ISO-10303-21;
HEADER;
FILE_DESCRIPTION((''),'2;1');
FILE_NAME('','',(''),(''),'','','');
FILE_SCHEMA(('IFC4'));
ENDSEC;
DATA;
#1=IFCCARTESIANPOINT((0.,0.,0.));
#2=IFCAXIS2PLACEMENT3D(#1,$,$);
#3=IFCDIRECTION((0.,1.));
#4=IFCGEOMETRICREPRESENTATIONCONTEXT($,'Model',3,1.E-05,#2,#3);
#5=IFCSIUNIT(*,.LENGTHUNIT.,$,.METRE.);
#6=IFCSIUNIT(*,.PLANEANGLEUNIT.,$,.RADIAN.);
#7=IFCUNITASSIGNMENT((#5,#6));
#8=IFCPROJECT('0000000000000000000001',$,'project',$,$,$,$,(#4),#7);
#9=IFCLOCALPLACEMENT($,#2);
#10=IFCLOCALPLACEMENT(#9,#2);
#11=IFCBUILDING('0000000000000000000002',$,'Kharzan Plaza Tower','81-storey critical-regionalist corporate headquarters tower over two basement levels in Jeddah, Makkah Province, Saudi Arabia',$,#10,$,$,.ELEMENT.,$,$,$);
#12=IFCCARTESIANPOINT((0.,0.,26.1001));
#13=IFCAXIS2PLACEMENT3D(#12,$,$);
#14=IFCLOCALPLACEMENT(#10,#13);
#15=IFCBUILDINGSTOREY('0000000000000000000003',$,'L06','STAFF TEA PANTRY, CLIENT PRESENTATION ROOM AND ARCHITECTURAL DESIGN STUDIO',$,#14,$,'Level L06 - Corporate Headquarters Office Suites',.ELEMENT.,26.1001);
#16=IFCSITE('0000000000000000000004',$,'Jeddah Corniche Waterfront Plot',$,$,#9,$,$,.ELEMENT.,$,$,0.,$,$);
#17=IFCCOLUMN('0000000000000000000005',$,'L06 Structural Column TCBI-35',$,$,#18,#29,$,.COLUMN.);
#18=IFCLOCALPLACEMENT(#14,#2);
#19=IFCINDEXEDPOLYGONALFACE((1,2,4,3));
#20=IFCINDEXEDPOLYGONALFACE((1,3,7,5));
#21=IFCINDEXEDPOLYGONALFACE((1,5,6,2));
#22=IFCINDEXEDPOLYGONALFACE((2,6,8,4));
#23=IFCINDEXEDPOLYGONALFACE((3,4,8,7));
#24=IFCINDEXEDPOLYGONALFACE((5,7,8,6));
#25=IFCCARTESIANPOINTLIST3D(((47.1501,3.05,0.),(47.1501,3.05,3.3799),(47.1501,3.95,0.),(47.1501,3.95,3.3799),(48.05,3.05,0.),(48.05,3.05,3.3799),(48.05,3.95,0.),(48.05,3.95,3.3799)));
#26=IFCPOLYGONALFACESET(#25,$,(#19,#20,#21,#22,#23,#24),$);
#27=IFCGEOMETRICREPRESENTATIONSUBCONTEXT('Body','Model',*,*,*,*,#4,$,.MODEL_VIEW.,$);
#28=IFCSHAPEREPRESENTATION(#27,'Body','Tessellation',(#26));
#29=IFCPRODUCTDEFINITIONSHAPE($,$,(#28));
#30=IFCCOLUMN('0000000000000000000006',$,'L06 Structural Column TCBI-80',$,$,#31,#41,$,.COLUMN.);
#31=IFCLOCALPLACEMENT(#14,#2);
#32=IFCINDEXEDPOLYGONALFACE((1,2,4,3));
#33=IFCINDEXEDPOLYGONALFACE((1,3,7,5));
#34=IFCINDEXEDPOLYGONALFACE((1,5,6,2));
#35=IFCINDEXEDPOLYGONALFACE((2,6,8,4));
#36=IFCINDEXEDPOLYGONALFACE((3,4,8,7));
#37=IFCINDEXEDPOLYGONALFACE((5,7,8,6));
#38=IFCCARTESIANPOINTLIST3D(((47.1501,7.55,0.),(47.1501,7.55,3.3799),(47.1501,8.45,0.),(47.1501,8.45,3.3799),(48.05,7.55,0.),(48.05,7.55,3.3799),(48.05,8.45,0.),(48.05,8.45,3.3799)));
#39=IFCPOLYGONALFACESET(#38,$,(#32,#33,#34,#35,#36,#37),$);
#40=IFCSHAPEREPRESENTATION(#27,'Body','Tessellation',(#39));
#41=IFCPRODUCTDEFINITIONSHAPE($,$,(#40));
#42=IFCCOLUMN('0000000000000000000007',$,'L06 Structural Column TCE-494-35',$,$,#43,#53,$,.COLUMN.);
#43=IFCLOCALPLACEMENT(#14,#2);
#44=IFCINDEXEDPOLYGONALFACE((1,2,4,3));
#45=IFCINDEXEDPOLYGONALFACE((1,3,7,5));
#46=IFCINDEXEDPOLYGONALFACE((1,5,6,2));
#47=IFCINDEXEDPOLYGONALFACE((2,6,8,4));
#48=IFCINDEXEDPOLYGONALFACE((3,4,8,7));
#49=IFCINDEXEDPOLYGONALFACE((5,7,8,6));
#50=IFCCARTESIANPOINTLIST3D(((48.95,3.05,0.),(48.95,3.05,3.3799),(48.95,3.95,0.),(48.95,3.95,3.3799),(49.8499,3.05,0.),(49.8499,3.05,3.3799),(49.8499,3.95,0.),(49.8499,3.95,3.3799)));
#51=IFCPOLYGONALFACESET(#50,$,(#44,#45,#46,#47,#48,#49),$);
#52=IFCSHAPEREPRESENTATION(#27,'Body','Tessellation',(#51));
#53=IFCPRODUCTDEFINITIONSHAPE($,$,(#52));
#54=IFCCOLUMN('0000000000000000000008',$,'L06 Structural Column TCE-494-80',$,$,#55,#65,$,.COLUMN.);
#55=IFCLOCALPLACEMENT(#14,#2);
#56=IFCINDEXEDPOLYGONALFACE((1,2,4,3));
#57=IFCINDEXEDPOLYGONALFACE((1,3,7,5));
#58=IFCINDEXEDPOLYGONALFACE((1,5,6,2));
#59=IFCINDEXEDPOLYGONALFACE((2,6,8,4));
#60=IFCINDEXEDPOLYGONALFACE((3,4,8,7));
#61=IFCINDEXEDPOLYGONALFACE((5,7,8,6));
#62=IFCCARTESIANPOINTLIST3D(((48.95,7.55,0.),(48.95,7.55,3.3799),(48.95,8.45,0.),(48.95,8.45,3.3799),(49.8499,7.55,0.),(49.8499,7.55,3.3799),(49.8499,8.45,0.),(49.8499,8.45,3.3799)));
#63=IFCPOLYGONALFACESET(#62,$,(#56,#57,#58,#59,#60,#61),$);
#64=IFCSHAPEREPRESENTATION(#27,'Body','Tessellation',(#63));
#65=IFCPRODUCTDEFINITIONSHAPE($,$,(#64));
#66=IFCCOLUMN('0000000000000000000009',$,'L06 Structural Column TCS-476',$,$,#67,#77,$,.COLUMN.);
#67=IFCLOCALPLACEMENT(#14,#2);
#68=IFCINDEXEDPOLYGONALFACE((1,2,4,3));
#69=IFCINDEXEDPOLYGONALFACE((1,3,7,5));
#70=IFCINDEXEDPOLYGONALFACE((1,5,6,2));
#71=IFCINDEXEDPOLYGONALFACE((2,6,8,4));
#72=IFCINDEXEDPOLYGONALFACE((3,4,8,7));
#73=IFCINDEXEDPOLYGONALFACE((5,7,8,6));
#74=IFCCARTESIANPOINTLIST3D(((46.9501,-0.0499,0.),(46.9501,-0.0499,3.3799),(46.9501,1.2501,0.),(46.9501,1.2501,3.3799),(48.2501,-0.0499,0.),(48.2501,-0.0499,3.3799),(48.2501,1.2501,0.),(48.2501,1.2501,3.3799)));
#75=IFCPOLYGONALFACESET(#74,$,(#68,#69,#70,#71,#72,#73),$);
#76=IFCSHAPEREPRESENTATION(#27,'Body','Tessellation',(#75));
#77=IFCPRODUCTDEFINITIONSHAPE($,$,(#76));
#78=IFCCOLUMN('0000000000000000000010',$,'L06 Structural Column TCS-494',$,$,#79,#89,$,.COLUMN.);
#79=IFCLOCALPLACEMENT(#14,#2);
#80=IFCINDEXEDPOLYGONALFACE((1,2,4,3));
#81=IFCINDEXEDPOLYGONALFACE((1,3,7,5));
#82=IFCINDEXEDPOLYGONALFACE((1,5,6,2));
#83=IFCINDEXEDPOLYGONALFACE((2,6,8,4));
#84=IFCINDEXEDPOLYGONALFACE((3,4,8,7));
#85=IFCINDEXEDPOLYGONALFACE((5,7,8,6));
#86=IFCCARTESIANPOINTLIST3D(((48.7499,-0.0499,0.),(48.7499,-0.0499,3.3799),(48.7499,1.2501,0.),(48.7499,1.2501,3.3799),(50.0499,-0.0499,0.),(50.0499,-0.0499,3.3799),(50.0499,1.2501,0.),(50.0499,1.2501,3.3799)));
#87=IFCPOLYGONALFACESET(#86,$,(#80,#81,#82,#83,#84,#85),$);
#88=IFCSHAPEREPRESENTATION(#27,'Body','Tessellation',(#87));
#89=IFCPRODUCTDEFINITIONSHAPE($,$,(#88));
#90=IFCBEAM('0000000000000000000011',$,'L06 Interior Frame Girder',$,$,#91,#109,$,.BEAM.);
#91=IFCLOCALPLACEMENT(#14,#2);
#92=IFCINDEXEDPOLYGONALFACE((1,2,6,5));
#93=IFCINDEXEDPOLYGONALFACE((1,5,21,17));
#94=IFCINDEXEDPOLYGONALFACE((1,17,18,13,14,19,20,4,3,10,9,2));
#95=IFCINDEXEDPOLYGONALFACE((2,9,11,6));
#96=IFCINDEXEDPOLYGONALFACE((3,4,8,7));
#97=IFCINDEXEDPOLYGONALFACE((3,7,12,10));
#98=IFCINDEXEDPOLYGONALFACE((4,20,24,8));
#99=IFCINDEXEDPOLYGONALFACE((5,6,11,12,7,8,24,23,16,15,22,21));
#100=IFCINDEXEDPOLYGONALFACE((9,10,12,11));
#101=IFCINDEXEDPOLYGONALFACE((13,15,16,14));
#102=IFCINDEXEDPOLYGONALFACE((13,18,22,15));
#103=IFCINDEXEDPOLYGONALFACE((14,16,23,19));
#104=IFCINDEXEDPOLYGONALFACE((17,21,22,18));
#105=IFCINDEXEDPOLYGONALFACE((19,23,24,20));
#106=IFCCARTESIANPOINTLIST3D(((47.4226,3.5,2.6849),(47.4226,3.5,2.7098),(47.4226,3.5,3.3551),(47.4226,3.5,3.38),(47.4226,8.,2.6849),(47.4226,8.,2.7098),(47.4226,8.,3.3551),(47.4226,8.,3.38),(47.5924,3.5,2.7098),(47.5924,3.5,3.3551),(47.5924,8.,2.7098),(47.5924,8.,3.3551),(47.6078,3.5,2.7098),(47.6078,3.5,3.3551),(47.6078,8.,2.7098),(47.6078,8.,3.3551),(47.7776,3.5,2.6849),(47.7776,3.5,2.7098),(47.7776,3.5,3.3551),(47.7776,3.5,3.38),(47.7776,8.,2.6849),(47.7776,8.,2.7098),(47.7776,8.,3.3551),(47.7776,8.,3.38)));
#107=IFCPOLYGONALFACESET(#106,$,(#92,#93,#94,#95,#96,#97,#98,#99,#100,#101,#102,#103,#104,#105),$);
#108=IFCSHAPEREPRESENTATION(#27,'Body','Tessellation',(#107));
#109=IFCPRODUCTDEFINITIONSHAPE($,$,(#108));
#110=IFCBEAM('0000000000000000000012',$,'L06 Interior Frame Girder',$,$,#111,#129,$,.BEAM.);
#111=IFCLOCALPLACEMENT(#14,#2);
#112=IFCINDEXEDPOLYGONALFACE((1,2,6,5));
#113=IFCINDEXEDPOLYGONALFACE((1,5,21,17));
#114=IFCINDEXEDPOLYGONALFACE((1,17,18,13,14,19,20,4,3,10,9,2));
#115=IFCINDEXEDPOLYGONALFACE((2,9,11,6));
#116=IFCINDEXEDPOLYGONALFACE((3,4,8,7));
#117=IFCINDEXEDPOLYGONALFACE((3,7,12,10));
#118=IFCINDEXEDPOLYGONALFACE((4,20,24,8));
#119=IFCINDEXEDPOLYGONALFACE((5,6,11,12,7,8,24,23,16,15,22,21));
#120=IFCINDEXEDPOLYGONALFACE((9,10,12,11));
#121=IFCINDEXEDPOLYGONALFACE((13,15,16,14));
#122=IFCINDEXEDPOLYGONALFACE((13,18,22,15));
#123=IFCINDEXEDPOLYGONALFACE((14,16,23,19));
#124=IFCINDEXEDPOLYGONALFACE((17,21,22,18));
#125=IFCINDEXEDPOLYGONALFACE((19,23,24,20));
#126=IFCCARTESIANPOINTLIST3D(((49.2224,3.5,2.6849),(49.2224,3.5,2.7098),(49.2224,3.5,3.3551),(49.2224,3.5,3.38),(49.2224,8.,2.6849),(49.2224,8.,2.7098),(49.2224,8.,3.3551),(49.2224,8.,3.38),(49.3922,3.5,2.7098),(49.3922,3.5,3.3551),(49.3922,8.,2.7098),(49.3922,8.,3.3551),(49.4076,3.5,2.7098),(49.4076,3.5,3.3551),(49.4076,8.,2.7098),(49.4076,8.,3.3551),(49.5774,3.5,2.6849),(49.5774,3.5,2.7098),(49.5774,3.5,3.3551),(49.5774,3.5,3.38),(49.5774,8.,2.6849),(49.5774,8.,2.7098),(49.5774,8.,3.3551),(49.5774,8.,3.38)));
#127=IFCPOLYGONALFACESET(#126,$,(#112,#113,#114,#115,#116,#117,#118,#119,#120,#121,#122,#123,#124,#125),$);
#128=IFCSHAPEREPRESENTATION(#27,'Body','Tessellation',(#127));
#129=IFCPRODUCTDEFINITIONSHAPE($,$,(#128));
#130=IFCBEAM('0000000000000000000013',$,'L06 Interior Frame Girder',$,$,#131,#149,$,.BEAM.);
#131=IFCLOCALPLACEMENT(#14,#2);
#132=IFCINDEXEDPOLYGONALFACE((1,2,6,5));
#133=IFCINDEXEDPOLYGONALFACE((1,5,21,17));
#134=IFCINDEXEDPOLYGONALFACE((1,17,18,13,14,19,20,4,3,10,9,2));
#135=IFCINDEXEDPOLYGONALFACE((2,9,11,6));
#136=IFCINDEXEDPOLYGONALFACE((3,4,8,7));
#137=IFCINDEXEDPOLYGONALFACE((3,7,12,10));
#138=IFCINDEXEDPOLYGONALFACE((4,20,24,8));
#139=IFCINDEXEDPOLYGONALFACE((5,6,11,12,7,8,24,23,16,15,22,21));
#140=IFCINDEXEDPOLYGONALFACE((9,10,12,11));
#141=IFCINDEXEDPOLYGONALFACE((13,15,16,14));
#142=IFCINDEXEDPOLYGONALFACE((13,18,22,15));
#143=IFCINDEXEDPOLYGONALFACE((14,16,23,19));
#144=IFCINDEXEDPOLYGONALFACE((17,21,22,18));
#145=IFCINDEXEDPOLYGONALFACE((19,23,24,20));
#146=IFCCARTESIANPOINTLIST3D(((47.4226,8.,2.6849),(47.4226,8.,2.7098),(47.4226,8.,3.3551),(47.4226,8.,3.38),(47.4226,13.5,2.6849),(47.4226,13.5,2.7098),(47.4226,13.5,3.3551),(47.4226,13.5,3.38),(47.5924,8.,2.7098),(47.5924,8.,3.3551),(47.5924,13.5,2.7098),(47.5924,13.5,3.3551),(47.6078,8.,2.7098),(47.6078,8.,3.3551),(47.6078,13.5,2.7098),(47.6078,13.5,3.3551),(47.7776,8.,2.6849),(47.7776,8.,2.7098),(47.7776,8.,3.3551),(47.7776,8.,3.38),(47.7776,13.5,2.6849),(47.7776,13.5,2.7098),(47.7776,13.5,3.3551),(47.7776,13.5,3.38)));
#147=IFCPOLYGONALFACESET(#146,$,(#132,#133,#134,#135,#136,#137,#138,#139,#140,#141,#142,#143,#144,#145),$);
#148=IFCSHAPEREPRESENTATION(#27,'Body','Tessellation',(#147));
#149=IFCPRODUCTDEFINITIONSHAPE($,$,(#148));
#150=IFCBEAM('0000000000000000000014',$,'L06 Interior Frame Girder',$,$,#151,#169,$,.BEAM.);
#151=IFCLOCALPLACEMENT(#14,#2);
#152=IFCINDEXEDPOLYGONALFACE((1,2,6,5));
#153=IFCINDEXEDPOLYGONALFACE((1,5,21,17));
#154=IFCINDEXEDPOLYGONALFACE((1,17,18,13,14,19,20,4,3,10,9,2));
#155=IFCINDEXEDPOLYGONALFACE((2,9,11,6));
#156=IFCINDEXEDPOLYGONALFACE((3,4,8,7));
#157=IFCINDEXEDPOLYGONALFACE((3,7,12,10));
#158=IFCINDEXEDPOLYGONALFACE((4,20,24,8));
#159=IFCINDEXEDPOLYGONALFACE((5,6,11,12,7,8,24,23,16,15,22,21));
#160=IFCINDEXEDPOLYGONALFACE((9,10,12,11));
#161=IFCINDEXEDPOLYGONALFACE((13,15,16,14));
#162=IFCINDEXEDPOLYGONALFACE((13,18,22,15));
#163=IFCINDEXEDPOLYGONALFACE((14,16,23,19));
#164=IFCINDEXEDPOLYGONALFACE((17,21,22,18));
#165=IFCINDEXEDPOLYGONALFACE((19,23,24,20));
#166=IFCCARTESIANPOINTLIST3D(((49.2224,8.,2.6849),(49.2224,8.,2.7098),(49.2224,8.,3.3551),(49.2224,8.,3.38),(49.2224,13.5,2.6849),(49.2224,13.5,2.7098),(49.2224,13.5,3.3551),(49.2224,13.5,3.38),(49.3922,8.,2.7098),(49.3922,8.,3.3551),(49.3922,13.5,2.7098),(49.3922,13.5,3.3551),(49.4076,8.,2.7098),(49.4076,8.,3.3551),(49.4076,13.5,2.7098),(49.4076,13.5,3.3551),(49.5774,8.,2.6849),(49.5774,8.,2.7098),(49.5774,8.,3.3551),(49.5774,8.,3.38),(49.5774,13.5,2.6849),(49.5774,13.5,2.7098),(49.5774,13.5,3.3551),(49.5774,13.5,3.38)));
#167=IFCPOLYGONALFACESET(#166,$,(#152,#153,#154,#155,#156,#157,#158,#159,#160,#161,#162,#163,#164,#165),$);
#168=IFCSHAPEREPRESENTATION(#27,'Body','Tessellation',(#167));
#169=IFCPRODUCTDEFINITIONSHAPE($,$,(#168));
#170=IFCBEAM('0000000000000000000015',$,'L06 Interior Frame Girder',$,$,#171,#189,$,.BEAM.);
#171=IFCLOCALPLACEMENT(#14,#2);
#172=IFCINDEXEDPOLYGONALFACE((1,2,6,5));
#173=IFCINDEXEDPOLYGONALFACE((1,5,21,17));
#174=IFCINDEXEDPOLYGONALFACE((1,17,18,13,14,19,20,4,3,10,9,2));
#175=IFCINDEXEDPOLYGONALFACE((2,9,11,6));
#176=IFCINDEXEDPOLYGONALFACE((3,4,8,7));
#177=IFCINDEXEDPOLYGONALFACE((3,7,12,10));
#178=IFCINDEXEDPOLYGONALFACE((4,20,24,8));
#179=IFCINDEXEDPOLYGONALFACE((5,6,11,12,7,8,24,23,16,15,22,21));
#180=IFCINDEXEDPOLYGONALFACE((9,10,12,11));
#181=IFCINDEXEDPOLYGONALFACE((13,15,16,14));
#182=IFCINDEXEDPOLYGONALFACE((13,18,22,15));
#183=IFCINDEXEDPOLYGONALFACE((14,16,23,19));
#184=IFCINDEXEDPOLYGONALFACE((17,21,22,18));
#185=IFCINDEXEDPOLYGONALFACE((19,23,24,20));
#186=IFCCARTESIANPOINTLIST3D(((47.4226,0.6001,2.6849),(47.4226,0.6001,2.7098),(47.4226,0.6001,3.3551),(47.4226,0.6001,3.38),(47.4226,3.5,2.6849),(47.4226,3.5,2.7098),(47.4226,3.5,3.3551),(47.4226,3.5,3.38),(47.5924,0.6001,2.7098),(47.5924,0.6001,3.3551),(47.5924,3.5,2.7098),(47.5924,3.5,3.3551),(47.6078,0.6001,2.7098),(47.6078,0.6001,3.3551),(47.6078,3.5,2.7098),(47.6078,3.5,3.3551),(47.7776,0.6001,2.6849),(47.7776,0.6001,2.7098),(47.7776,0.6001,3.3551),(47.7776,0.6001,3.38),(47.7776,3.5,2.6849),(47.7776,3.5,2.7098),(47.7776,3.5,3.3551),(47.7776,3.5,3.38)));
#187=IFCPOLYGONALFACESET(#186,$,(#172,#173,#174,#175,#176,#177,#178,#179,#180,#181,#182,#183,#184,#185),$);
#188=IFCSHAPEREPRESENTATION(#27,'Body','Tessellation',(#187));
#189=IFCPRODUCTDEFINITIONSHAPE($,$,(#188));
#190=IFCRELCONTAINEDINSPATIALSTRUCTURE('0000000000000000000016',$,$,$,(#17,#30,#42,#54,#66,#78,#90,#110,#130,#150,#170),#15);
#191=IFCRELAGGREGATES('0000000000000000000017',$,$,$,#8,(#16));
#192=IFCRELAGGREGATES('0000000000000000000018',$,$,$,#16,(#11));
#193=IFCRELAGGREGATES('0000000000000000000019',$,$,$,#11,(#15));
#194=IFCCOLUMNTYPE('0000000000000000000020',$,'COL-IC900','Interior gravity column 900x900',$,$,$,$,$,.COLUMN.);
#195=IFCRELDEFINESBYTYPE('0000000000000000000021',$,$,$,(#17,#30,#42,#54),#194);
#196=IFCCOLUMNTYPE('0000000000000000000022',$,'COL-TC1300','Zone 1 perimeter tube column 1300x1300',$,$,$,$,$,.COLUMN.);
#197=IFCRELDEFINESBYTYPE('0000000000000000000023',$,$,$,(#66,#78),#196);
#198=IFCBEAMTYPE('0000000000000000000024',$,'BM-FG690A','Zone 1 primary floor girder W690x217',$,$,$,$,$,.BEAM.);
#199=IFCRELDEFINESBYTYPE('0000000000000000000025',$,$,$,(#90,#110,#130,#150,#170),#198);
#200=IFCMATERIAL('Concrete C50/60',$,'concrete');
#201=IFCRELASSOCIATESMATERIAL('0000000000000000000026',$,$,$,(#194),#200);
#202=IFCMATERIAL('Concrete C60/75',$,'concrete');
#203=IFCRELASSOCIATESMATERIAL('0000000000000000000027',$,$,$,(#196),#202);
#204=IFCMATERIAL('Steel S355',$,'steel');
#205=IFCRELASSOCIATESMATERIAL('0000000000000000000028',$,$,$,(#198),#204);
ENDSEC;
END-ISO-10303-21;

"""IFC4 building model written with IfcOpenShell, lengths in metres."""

from ifc_helpers import new_model, si_unit, direction, frame, origin, origin_2d, place, context, subcontext, project, spatial, rectangle, i_section, extrude, source, transform, mapped, material, material_profile, profile_set, type_object, element, save


model = new_model("IFC4")

# Units and contexts
model_context = context("Model", 3, precision=1e-05, world=origin(), true_north=direction((0.0, 1.0)))
body_context = subcontext(model_context, "Body", "Model", "MODEL_VIEW")
ifc_project = project(units=[si_unit("LENGTHUNIT", "METRE"), si_unit("PLANEANGLEUNIT", "RADIAN")], contexts=[model_context])

# Site, building, storey
site_placement = place(None, origin())
site = spatial("IfcSite", under=ifc_project, at=site_placement, Name="Jeddah Corniche Waterfront Plot", CompositionType="ELEMENT", RefElevation=0.0)
building_placement = place(site_placement, origin())
building = spatial("IfcBuilding", under=site, at=building_placement, Name="Kharzan Plaza Tower", Description="81-storey critical-regionalist corporate headquarters tower over two basement levels in Jeddah, Makkah Province, Saudi Arabia", CompositionType="ELEMENT")
storey_placement = place(building_placement, frame((0.0, 0.0, 26.1001)))
storey = spatial("IfcBuildingStorey", under=building, at=storey_placement, Name="L06", Description="STAFF TEA PANTRY, CLIENT PRESENTATION ROOM AND ARCHITECTURAL DESIGN STUDIO", LongName="Level L06 - Corporate Headquarters Office Suites", CompositionType="ELEMENT", Elevation=26.1001)

# Columns
ifc_material_1 = material(Name="Concrete C50/60", Category="concrete")
ifc_material_profile_1 = material_profile(ifc_material_1, rectangle(XDim=0.8999, YDim=0.8999, at=origin_2d()), Name="RC-IC900x900")
ifc_profile_set_1 = profile_set([ifc_material_profile_1], Name="Concrete C50/60")
column_type_1 = type_object("IfcColumnType", Name="COL-IC900", Description="Interior gravity column 900x900", PredefinedType="COLUMN", material=ifc_profile_set_1)
shared_shape_1 = source(origin(), body_context, "Body", "SweptSolid", [
    extrude(rectangle(XDim=0.8999, YDim=0.8999, at=origin_2d()), origin(), (0.0, 0.0, 1.0), 3.3799),
])
for number, where, z_axis, x_axis, name in (
    (1, (47.6001, 3.5, 0.0), (0.0, 0.0, 1.0), (1.0, 0.0, 0.0), "L06 Structural Column TCBI-35"),
    (2, (47.6001, 8.0, 0.0), (0.0, 0.0, 1.0), (1.0, 0.0, 0.0), "L06 Structural Column TCBI-80"),
    (3, (49.3999, 3.5, 0.0), (0.0, 0.0, 1.0), (1.0, 0.0, 0.0), "L06 Structural Column TCE-494-35"),
    (4, (49.3999, 8.0, 0.0), (0.0, 0.0, 1.0), (1.0, 0.0, 0.0), "L06 Structural Column TCE-494-80"),
):
    element("IfcColumn", number, at=place(storey_placement, frame(where, z_axis=z_axis, x_axis=x_axis)), inside=storey, type_object=column_type_1, Name=name, PredefinedType="COLUMN", context=body_context, shape_type="MappedRepresentation", body=[
        mapped(shared_shape_1, transform((0.0, 0.0, 0.0), x_axis=(1.0, 0.0, 0.0), y_axis=(0.0, 1.0, 0.0), z_axis=(0.0, 0.0, 1.0))),
    ])
ifc_material_2 = material(Name="Concrete C60/75", Category="concrete")
ifc_material_profile_2 = material_profile(ifc_material_2, rectangle(XDim=1.3, YDim=1.3, at=origin_2d()), Name="RC-TC1300x1300")
ifc_profile_set_2 = profile_set([ifc_material_profile_2], Name="Concrete C60/75")
column_type_2 = type_object("IfcColumnType", Name="COL-TC1300", Description="Zone 1 perimeter tube column 1300x1300", PredefinedType="COLUMN", material=ifc_profile_set_2)
shared_shape_2 = source(origin(), body_context, "Body", "SweptSolid", [
    extrude(rectangle(XDim=1.3, YDim=1.3, at=origin_2d()), origin(), (0.0, 0.0, 1.0), 3.3799),
])
for number, where, z_axis, x_axis, name in (
    (5, (47.6001, 0.6001, 0.0), (0.0, 0.0, 1.0), (1.0, 0.0, 0.0), "L06 Structural Column TCS-476"),
    (6, (49.3999, 0.6001, 0.0), (0.0, 0.0, 1.0), (1.0, 0.0, 0.0), "L06 Structural Column TCS-494"),
):
    element("IfcColumn", number, at=place(storey_placement, frame(where, z_axis=z_axis, x_axis=x_axis)), inside=storey, type_object=column_type_2, Name=name, PredefinedType="COLUMN", context=body_context, shape_type="MappedRepresentation", body=[
        mapped(shared_shape_2, transform((0.0, 0.0, 0.0), x_axis=(1.0, 0.0, 0.0), y_axis=(0.0, 1.0, 0.0), z_axis=(0.0, 0.0, 1.0))),
    ])

# Beams
ifc_material_3 = material(Name="Steel S355", Category="steel")
ifc_material_profile_3 = material_profile(ifc_material_3, i_section(OverallWidth=0.355, OverallDepth=0.6951, WebThickness=0.0154, FlangeThickness=0.0249, at=origin_2d()), Name="W690x217")
ifc_profile_set_3 = profile_set([ifc_material_profile_3], Name="Steel S355")
beam_type_1 = type_object("IfcBeamType", Name="BM-FG690A", Description="Zone 1 primary floor girder W690x217", PredefinedType="BEAM", material=ifc_profile_set_3)
shared_shape_3 = source(origin(), body_context, "Body", "SweptSolid", [
    extrude(i_section(OverallWidth=0.355, OverallDepth=0.6951, WebThickness=0.0154, FlangeThickness=0.0249, at=origin_2d()), origin(), (0.0, 0.0, 1.0), 4.5),
])
for number, where, z_axis, x_axis, name in (
    (7, (47.6001, 3.5, 3.0325), (0.0, 1.0, 0.0), (-1.0, 0.0, 0.0), "L06 Interior Frame Girder"),
    (8, (49.3999, 3.5, 3.0325), (0.0, 1.0, 0.0), (-1.0, 0.0, 0.0), "L06 Interior Frame Girder"),
):
    element("IfcBeam", number, at=place(storey_placement, frame(where, z_axis=z_axis, x_axis=x_axis)), inside=storey, type_object=beam_type_1, Name=name, PredefinedType="BEAM", context=body_context, shape_type="MappedRepresentation", body=[
        mapped(shared_shape_3, transform((0.0, 0.0, 0.0), x_axis=(1.0, 0.0, 0.0), y_axis=(0.0, 1.0, 0.0), z_axis=(0.0, 0.0, 1.0))),
    ])
shared_shape_4 = source(origin(), body_context, "Body", "SweptSolid", [
    extrude(i_section(OverallWidth=0.355, OverallDepth=0.6951, WebThickness=0.0154, FlangeThickness=0.0249, at=origin_2d()), origin(), (0.0, 0.0, 1.0), 5.5),
])
for number, where, z_axis, x_axis, name in (
    (9, (47.6001, 8.0, 3.0325), (0.0, 1.0, 0.0), (-1.0, 0.0, 0.0), "L06 Interior Frame Girder"),
    (10, (49.3999, 8.0, 3.0325), (0.0, 1.0, 0.0), (-1.0, 0.0, 0.0), "L06 Interior Frame Girder"),
):
    element("IfcBeam", number, at=place(storey_placement, frame(where, z_axis=z_axis, x_axis=x_axis)), inside=storey, type_object=beam_type_1, Name=name, PredefinedType="BEAM", context=body_context, shape_type="MappedRepresentation", body=[
        mapped(shared_shape_4, transform((0.0, 0.0, 0.0), x_axis=(1.0, 0.0, 0.0), y_axis=(0.0, 1.0, 0.0), z_axis=(0.0, 0.0, 1.0))),
    ])
shared_shape_5 = source(origin(), body_context, "Body", "SweptSolid", [
    extrude(i_section(OverallWidth=0.355, OverallDepth=0.6951, WebThickness=0.0154, FlangeThickness=0.0249, at=origin_2d()), origin(), (0.0, 0.0, 1.0), 2.8999),
])
for number, where, z_axis, x_axis, name in (
    (11, (47.6001, 0.6001, 3.0325), (0.0, 1.0, 0.0), (-1.0, 0.0, 0.0), "L06 Interior Frame Girder"),
):
    element("IfcBeam", number, at=place(storey_placement, frame(where, z_axis=z_axis, x_axis=x_axis)), inside=storey, type_object=beam_type_1, Name=name, PredefinedType="BEAM", context=body_context, shape_type="MappedRepresentation", body=[
        mapped(shared_shape_5, transform((0.0, 0.0, 0.0), x_axis=(1.0, 0.0, 0.0), y_axis=(0.0, 1.0, 0.0), z_axis=(0.0, 0.0, 1.0))),
    ])

save(model, "model.ifc")
